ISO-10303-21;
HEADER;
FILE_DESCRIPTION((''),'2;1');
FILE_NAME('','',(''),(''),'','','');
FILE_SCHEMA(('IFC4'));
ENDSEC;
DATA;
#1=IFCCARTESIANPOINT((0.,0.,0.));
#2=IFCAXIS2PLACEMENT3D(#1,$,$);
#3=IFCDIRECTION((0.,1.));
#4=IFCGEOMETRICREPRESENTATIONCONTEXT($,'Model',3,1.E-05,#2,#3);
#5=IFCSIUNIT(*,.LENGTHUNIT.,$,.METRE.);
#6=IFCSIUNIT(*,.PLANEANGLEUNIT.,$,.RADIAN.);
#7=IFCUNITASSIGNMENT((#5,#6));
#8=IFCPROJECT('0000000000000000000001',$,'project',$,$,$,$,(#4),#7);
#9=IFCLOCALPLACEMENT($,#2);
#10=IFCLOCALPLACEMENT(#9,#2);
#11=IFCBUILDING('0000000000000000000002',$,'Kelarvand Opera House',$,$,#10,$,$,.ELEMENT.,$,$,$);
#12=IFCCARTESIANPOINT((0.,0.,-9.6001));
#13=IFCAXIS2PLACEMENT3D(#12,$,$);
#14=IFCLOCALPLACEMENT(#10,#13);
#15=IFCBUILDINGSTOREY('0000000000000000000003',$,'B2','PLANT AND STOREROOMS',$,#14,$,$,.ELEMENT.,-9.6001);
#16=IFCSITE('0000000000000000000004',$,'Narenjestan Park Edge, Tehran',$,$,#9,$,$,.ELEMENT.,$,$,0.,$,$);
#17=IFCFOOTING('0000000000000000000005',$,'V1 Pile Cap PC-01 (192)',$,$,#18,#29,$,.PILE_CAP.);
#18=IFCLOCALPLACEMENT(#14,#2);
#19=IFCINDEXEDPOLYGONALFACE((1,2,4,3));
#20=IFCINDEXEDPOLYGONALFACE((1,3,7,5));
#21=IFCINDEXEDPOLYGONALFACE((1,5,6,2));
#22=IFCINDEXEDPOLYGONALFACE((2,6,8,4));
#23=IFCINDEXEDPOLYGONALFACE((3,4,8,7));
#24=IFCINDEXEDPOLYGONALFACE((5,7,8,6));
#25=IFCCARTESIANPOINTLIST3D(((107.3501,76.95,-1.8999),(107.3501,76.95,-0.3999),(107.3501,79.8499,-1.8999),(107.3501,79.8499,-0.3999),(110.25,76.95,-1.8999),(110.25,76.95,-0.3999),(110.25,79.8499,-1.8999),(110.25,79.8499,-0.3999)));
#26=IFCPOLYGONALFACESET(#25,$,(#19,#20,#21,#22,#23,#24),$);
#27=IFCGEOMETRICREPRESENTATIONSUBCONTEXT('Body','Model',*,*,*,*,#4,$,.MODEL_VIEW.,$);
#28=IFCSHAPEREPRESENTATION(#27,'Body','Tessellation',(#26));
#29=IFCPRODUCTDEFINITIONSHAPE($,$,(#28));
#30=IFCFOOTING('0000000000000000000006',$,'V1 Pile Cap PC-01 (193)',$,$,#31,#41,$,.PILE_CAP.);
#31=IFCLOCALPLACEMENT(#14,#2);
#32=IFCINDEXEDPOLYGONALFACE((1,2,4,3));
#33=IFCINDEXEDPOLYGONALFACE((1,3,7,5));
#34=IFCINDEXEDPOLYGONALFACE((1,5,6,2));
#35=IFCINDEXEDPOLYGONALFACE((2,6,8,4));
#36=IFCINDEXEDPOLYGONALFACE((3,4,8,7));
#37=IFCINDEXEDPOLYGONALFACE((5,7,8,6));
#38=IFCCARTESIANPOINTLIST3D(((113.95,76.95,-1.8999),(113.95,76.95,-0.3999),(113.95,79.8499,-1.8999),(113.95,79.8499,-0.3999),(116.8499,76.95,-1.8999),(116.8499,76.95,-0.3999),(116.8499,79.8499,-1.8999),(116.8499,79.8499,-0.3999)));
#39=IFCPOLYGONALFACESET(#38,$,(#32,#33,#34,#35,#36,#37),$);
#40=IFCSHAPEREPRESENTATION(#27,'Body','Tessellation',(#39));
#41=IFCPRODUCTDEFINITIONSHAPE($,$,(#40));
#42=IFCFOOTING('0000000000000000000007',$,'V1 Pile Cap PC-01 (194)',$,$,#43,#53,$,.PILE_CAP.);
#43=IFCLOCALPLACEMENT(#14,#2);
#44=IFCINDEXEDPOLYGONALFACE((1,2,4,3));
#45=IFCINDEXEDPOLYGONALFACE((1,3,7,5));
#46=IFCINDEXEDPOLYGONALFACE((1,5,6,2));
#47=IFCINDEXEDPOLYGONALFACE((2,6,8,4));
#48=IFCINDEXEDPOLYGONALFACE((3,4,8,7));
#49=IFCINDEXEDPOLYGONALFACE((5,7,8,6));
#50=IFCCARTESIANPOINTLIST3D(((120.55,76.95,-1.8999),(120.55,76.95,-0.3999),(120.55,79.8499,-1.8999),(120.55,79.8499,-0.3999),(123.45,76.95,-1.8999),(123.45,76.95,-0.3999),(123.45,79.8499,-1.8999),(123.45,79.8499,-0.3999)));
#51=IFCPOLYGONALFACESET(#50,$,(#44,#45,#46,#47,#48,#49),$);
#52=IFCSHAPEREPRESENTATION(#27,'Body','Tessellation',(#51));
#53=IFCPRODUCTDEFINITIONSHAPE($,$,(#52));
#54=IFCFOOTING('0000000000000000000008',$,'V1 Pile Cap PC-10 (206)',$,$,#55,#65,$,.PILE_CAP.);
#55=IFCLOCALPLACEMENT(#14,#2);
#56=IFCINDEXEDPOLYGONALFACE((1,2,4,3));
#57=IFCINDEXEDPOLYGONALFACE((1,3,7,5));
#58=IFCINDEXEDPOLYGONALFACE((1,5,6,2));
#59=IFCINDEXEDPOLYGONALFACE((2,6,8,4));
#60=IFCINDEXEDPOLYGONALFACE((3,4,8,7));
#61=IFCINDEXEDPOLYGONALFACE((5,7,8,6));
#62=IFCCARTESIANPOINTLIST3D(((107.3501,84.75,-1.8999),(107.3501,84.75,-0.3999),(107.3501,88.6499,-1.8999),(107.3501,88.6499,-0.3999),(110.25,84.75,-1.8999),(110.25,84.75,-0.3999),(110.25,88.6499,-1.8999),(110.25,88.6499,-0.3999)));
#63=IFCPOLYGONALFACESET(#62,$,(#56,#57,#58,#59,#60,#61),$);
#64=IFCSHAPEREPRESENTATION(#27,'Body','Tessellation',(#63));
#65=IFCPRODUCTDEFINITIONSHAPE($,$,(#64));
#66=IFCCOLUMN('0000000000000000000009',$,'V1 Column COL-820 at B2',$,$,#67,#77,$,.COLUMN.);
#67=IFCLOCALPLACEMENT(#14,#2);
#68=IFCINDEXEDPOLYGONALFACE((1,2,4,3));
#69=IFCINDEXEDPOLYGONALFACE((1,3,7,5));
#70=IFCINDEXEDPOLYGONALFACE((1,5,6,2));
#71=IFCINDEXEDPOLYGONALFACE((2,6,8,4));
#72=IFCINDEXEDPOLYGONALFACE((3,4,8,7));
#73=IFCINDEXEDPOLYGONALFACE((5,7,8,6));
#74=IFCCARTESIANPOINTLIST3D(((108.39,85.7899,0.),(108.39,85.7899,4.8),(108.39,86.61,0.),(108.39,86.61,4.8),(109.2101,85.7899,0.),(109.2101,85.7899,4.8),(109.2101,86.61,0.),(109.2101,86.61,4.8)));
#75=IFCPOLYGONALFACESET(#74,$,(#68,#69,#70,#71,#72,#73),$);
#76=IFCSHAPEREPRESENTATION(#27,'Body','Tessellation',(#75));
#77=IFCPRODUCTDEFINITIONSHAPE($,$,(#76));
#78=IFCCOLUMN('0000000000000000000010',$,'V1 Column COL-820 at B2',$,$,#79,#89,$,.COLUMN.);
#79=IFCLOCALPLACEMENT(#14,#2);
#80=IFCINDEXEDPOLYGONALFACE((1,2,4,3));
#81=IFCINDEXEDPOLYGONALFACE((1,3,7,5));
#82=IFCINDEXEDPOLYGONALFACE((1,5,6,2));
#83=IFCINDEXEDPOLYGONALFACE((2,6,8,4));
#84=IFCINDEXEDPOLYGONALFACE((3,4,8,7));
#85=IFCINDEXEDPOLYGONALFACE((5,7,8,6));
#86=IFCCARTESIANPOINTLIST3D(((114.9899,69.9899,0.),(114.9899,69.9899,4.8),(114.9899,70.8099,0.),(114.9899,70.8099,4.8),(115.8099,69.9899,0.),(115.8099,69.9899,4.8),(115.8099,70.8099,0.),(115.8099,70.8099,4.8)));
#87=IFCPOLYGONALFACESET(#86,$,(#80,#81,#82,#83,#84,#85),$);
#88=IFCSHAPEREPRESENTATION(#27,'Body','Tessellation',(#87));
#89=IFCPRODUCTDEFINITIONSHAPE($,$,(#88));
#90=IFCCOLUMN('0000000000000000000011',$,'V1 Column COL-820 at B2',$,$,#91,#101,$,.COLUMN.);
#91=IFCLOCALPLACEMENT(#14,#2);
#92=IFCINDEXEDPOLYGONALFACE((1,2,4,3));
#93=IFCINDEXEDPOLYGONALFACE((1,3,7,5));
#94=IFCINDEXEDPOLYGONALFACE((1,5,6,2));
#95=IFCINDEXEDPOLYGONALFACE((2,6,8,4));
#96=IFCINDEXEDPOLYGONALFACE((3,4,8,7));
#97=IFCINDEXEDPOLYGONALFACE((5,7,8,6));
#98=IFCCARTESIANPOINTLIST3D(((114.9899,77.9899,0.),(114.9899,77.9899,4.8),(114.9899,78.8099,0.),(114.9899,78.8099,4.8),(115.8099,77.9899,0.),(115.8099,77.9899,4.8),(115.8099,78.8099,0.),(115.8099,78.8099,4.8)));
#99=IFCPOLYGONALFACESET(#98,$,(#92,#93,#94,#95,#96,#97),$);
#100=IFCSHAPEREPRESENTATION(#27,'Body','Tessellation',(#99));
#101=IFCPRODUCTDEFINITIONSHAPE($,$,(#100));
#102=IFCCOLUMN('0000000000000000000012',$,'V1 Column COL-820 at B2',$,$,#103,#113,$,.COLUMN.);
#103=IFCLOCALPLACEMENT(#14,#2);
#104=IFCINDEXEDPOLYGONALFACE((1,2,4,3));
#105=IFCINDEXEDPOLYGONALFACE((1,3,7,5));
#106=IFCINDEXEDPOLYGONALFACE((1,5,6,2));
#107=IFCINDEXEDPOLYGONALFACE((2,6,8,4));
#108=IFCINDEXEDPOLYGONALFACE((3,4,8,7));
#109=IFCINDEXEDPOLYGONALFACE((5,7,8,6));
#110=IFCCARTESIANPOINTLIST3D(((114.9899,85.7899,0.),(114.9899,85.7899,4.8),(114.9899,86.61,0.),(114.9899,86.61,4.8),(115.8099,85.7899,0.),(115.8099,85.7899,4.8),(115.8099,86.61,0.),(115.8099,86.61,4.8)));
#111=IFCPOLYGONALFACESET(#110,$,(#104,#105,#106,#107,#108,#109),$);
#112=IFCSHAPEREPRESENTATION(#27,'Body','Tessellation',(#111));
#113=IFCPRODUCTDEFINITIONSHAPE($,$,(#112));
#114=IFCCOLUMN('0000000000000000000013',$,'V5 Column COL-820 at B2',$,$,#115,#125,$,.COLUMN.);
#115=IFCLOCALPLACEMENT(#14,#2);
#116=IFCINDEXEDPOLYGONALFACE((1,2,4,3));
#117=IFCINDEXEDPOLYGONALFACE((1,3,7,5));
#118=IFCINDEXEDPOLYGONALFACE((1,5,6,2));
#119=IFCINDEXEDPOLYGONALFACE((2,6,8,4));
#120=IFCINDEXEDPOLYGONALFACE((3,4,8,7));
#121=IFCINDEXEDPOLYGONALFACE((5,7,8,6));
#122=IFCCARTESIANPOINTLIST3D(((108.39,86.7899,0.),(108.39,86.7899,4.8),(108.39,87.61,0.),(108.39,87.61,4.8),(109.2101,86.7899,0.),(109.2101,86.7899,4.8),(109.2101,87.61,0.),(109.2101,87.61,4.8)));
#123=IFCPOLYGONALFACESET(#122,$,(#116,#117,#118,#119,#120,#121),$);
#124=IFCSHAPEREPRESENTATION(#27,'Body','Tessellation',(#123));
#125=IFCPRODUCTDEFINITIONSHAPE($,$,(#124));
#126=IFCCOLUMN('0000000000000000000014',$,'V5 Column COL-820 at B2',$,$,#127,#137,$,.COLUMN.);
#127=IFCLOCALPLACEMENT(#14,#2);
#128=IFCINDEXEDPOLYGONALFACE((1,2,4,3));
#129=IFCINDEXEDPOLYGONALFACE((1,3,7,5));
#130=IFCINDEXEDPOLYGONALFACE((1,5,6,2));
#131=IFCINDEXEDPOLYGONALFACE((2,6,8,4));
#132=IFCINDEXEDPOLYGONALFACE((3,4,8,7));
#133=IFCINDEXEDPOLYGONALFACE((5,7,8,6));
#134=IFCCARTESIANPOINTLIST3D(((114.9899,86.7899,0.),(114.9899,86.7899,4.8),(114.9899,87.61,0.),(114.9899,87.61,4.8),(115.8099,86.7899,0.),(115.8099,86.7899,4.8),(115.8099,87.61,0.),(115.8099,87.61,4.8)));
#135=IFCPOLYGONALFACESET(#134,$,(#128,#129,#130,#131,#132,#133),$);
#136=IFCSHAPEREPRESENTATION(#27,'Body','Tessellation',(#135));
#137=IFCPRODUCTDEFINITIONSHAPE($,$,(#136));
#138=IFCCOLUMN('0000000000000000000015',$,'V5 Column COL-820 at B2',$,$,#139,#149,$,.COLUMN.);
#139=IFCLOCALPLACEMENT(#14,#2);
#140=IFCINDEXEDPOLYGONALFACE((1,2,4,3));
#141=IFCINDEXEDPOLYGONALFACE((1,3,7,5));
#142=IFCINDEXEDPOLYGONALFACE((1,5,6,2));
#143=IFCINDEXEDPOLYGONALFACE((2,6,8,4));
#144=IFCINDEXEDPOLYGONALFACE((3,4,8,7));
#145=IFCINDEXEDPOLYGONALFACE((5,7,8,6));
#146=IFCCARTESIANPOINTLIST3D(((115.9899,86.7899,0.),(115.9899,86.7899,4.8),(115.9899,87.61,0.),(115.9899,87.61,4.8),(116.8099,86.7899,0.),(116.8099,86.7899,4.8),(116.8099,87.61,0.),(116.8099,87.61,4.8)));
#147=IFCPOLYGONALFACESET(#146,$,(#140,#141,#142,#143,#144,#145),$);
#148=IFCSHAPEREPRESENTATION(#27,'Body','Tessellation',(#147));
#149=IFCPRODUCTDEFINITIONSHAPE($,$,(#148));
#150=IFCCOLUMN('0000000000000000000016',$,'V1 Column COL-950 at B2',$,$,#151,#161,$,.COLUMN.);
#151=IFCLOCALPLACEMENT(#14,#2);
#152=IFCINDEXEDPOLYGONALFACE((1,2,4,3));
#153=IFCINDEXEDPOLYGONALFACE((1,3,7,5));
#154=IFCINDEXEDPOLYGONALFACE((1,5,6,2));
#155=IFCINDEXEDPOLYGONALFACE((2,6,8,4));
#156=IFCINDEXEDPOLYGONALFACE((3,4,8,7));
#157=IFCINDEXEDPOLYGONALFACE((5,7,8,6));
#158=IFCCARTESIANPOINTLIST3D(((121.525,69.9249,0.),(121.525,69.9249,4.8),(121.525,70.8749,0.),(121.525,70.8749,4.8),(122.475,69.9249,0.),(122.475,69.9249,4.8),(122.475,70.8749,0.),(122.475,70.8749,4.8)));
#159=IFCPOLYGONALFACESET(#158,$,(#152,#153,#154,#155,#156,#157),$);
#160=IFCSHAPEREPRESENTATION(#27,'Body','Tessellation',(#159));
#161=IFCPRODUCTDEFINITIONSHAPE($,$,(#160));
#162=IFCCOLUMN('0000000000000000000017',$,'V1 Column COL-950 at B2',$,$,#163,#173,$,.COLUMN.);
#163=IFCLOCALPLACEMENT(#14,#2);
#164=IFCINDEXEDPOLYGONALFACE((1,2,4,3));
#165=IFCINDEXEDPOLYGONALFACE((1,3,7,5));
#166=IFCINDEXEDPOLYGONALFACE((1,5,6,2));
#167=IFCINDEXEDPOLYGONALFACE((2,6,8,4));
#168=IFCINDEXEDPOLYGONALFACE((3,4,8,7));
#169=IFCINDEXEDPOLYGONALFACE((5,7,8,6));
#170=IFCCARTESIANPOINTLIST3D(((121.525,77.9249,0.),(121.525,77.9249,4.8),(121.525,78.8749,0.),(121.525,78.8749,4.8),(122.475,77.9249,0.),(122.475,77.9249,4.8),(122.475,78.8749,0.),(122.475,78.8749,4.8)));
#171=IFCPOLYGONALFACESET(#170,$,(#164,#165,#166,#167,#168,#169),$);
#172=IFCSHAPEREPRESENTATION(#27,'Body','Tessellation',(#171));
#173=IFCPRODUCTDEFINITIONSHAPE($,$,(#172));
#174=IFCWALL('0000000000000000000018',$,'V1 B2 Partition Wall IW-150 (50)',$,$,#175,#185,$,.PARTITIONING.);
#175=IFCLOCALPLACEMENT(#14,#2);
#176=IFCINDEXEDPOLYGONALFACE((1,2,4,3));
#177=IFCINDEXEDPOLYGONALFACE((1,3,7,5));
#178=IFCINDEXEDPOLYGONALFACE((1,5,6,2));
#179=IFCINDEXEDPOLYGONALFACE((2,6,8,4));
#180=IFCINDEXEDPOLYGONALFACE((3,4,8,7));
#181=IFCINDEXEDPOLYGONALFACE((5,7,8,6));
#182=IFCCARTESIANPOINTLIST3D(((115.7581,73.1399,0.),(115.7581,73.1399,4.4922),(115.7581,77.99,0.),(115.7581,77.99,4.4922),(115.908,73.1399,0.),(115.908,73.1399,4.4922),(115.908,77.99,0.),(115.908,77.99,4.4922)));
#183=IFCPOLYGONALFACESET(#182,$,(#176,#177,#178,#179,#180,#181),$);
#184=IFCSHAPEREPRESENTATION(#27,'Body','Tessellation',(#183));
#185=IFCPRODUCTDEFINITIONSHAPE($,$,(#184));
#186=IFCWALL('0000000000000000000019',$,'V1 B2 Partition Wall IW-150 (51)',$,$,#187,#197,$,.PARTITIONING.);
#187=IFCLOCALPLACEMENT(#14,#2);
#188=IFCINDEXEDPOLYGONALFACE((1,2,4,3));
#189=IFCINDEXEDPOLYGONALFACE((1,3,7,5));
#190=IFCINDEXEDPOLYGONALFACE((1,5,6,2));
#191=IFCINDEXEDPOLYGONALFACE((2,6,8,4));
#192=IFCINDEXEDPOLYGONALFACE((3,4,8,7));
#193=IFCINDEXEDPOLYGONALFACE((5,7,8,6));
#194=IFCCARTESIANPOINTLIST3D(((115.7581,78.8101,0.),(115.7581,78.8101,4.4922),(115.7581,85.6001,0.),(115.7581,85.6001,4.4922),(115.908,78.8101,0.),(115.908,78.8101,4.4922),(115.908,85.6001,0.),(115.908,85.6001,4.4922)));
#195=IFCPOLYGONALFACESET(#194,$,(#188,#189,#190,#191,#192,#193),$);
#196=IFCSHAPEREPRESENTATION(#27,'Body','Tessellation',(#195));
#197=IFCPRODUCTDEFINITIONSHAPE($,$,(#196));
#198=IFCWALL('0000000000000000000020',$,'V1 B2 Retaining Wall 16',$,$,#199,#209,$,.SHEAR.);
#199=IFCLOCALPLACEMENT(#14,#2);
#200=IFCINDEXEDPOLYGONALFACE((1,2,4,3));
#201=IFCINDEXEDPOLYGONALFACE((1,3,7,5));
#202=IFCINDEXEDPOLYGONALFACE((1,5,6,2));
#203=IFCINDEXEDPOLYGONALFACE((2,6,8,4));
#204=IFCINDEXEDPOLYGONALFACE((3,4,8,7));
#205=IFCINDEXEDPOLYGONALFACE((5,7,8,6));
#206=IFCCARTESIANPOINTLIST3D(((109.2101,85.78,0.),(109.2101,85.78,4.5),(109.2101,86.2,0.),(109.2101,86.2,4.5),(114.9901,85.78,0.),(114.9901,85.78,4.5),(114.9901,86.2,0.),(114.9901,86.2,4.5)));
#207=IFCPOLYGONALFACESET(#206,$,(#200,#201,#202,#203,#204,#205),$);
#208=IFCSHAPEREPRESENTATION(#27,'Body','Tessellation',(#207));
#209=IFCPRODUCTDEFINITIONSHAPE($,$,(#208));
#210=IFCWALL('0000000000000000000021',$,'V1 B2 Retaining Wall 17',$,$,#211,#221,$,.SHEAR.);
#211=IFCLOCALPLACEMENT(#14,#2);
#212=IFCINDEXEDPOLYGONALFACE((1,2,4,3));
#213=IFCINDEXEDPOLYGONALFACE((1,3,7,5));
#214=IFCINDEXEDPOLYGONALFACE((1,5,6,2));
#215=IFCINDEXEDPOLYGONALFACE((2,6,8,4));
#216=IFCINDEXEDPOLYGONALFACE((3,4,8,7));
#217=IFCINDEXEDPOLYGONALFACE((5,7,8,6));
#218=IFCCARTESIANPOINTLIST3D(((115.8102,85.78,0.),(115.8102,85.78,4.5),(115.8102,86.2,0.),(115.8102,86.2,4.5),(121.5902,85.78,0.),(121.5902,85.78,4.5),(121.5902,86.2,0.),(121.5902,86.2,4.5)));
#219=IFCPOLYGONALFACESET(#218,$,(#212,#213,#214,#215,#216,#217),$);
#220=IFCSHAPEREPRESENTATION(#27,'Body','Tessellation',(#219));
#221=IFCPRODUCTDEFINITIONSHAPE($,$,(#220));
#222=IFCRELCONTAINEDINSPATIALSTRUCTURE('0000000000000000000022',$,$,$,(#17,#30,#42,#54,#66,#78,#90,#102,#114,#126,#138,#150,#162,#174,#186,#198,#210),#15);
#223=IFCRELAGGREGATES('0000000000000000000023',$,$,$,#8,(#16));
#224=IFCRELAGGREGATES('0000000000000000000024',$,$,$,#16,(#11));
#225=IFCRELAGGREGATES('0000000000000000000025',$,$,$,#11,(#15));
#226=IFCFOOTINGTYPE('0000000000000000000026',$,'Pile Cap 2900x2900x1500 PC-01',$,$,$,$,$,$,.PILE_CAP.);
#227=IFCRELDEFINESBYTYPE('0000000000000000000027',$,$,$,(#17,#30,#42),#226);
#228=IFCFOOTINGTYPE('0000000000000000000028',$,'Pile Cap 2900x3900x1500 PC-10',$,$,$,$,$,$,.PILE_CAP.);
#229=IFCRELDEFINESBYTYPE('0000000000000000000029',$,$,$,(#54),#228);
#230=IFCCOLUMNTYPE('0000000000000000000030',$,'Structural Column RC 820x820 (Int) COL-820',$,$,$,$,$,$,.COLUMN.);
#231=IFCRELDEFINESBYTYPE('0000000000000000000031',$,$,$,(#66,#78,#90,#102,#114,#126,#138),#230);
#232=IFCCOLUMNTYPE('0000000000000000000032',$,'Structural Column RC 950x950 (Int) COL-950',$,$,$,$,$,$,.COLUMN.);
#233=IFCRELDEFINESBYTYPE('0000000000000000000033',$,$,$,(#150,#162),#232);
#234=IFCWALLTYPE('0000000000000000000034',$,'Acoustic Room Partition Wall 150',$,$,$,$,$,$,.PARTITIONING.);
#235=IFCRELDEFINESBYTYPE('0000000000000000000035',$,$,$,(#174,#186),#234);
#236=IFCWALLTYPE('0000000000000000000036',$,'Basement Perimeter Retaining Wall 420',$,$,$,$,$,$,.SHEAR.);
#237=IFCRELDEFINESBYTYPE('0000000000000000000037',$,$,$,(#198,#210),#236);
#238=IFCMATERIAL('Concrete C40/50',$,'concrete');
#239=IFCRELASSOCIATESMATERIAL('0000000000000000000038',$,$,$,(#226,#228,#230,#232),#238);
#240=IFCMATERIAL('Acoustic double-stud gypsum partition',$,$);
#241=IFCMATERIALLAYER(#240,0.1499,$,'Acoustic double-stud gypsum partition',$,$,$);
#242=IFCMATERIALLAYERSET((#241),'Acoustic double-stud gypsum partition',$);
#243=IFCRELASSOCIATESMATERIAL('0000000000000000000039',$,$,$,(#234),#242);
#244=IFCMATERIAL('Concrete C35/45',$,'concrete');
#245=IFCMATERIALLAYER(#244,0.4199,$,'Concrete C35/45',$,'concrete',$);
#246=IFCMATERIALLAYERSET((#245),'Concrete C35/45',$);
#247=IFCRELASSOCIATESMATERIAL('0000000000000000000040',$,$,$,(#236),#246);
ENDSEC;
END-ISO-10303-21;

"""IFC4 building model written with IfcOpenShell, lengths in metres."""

from ifc_helpers import new_model, si_unit, direction, frame, frame_2d, origin, origin_2d, place, context, subcontext, project, spatial, rectangle, extrude, material, layer, layer_set, material_profile, profile_set, type_object, element, save


model = new_model("IFC4")

# Units and contexts
model_context = context("Model", 3, precision=1e-05, world=origin(), true_north=direction((0.0, 1.0)))
body_context = subcontext(model_context, "Body", "Model", "MODEL_VIEW")
ifc_project = project(units=[si_unit("LENGTHUNIT", "METRE"), si_unit("PLANEANGLEUNIT", "RADIAN")], contexts=[model_context])

# Site, building, storey
site_placement = place(None, origin())
site = spatial("IfcSite", under=ifc_project, at=site_placement, Name="Narenjestan Park Edge, Tehran", CompositionType="ELEMENT", RefElevation=0.0)
building_placement = place(site_placement, origin())
building = spatial("IfcBuilding", under=site, at=building_placement, Name="Kelarvand Opera House", CompositionType="ELEMENT")
storey_placement = place(building_placement, frame((0.0, 0.0, -9.6001)))
storey = spatial("IfcBuildingStorey", under=building, at=storey_placement, Name="B2", Description="PLANT AND STOREROOMS", CompositionType="ELEMENT", Elevation=-9.6001)

# Shared definitions
ifc_material_1 = material(Name="Concrete C40/50", Category="concrete")

# Footings
footing_type_1 = type_object("IfcFootingType", Name="Pile Cap 2900x2900x1500 PC-01", PredefinedType="PILE_CAP", material=ifc_material_1)
for number, where, z_axis, x_axis, name in (
    (1, (108.8, 78.3999, -1.8999), (0.0, 0.0, 1.0), (1.0, 0.0, 0.0), "V1 Pile Cap PC-01 (192)"),
    (2, (115.3999, 78.3999, -1.8999), (0.0, 0.0, 1.0), (1.0, 0.0, 0.0), "V1 Pile Cap PC-01 (193)"),
    (3, (122.0, 78.3999, -1.8999), (0.0, 0.0, 1.0), (1.0, 0.0, 0.0), "V1 Pile Cap PC-01 (194)"),
):
    element("IfcFooting", number, at=place(storey_placement, frame(where, z_axis=z_axis, x_axis=x_axis)), inside=storey, type_object=footing_type_1, Name=name, PredefinedType="PILE_CAP", context=body_context, shape_type="SweptSolid", body=[
        extrude(rectangle(XDim=2.8999, YDim=2.8999, at=origin_2d()), origin(), (0.0, 0.0, 1.0), 1.5),
    ])
footing_type_2 = type_object("IfcFootingType", Name="Pile Cap 2900x3900x1500 PC-10", PredefinedType="PILE_CAP", material=ifc_material_1)
footing_placement = place(storey_placement, frame((108.8, 86.7, -1.8999), z_axis=(0.0, 0.0, 1.0), x_axis=(1.0, 0.0, 0.0)))
element("IfcFooting", 4, at=footing_placement, inside=storey, type_object=footing_type_2, Name="V1 Pile Cap PC-10 (206)", PredefinedType="PILE_CAP", context=body_context, shape_type="SweptSolid", body=[
    extrude(rectangle(XDim=2.8999, YDim=3.8999, at=origin_2d()), origin(), (0.0, 0.0, 1.0), 1.5),
])

# Columns
ifc_material_profile_1 = material_profile(ifc_material_1, rectangle(XDim=0.8201, YDim=0.8201, at=origin_2d()), Name="RC 820x820", Category="concrete")
ifc_profile_set_1 = profile_set([ifc_material_profile_1], Name="Concrete C40/50")
column_type_1 = type_object("IfcColumnType", Name="Structural Column RC 820x820 (Int) COL-820", PredefinedType="COLUMN", material=ifc_profile_set_1)
for number, where, z_axis, x_axis, name in (
    (5, (108.8, 86.2, 0.0), (0.0, 0.0, 1.0), (1.0, 0.0, 0.0), "V1 Column COL-820 at B2"),
    (6, (115.3999, 70.3999, 0.0), (0.0, 0.0, 1.0), (1.0, 0.0, 0.0), "V1 Column COL-820 at B2"),
    (7, (115.3999, 78.3999, 0.0), (0.0, 0.0, 1.0), (1.0, 0.0, 0.0), "V1 Column COL-820 at B2"),
    (8, (115.3999, 86.2, 0.0), (0.0, 0.0, 1.0), (1.0, 0.0, 0.0), "V1 Column COL-820 at B2"),
    (9, (108.8, 87.2, 0.0), (0.0, 0.0, 1.0), (1.0, 0.0, 0.0), "V5 Column COL-820 at B2"),
    (10, (115.3999, 87.2, 0.0), (0.0, 0.0, 1.0), (1.0, 0.0, 0.0), "V5 Column COL-820 at B2"),
    (11, (116.3999, 87.2, 0.0), (0.0, 0.0, 1.0), (1.0, 0.0, 0.0), "V5 Column COL-820 at B2"),
):
    element("IfcColumn", number, at=place(storey_placement, frame(where, z_axis=z_axis, x_axis=x_axis)), inside=storey, type_object=column_type_1, Name=name, PredefinedType="COLUMN", context=body_context, shape_type="SweptSolid", body=[
        extrude(rectangle(XDim=0.8201, YDim=0.8201, at=origin_2d()), origin(), (0.0, 0.0, 1.0), 4.8),
    ])
ifc_material_profile_2 = material_profile(ifc_material_1, rectangle(XDim=0.95, YDim=0.95, at=origin_2d()), Name="RC 950x950", Category="concrete")
ifc_profile_set_2 = profile_set([ifc_material_profile_2], Name="Concrete C40/50")
column_type_2 = type_object("IfcColumnType", Name="Structural Column RC 950x950 (Int) COL-950", PredefinedType="COLUMN", material=ifc_profile_set_2)
for number, where, z_axis, x_axis, name in (
    (12, (122.0, 70.3999, 0.0), (0.0, 0.0, 1.0), (1.0, 0.0, 0.0), "V1 Column COL-950 at B2"),
    (13, (122.0, 78.3999, 0.0), (0.0, 0.0, 1.0), (1.0, 0.0, 0.0), "V1 Column COL-950 at B2"),
):
    element("IfcColumn", number, at=place(storey_placement, frame(where, z_axis=z_axis, x_axis=x_axis)), inside=storey, type_object=column_type_2, Name=name, PredefinedType="COLUMN", context=body_context, shape_type="SweptSolid", body=[
        extrude(rectangle(XDim=0.95, YDim=0.95, at=origin_2d()), origin(), (0.0, 0.0, 1.0), 4.8),
    ])

# Walls
ifc_material_2 = material(Name="Acoustic double-stud gypsum partition")
ifc_layer_1 = layer(ifc_material_2, 0.1499, Name="Acoustic double-stud gypsum partition")
ifc_layer_set_1 = layer_set([ifc_layer_1], Name="Acoustic double-stud gypsum partition")
wall_type_1 = type_object("IfcWallType", Name="Acoustic Room Partition Wall 150", PredefinedType="PARTITIONING", material=ifc_layer_set_1)
wall_1_placement = place(storey_placement, frame((115.833, 73.1399, 0.0), z_axis=(0.0, 0.0, 1.0), x_axis=(0.0, 1.0, 0.0)))
element("IfcWall", 14, at=wall_1_placement, inside=storey, type_object=wall_type_1, Name="V1 B2 Partition Wall IW-150 (50)", PredefinedType="PARTITIONING", context=body_context, shape_type="SweptSolid", body=[
    extrude(rectangle(XDim=4.8501, YDim=0.1499, at=frame_2d((2.425, 0.0))), origin(), (0.0, 0.0, 1.0), 4.4922),
])
wall_2_placement = place(storey_placement, frame((115.833, 78.8101, 0.0), z_axis=(0.0, 0.0, 1.0), x_axis=(0.0, 1.0, 0.0)))
element("IfcWall", 15, at=wall_2_placement, inside=storey, type_object=wall_type_1, Name="V1 B2 Partition Wall IW-150 (51)", PredefinedType="PARTITIONING", context=body_context, shape_type="SweptSolid", body=[
    extrude(rectangle(XDim=6.79, YDim=0.1499, at=frame_2d((3.395, 0.0))), origin(), (0.0, 0.0, 1.0), 4.4922),
])
ifc_material_3 = material(Name="Concrete C35/45", Category="concrete")
ifc_layer_2 = layer(ifc_material_3, 0.4199, Name="Concrete C35/45", Category="concrete")
ifc_layer_set_2 = layer_set([ifc_layer_2], Name="Concrete C35/45")
wall_type_2 = type_object("IfcWallType", Name="Basement Perimeter Retaining Wall 420", PredefinedType="SHEAR", material=ifc_layer_set_2)
for number, where, z_axis, x_axis, name in (
    (16, (109.21, 85.99, 0.0), (0.0, 0.0, 1.0), (1.0, 0.0, 0.0), "V1 B2 Retaining Wall 16"),
    (17, (115.8101, 85.99, 0.0), (0.0, 0.0, 1.0), (1.0, 0.0, 0.0), "V1 B2 Retaining Wall 17"),
):
    element("IfcWall", number, at=place(storey_placement, frame(where, z_axis=z_axis, x_axis=x_axis)), inside=storey, type_object=wall_type_2, Name=name, PredefinedType="SHEAR", context=body_context, shape_type="SweptSolid", body=[
        extrude(rectangle(XDim=5.78, YDim=0.4199, at=frame_2d((2.8901, 0.0))), origin(), (0.0, 0.0, 1.0), 4.5),
    ])

save(model, "model.ifc")
